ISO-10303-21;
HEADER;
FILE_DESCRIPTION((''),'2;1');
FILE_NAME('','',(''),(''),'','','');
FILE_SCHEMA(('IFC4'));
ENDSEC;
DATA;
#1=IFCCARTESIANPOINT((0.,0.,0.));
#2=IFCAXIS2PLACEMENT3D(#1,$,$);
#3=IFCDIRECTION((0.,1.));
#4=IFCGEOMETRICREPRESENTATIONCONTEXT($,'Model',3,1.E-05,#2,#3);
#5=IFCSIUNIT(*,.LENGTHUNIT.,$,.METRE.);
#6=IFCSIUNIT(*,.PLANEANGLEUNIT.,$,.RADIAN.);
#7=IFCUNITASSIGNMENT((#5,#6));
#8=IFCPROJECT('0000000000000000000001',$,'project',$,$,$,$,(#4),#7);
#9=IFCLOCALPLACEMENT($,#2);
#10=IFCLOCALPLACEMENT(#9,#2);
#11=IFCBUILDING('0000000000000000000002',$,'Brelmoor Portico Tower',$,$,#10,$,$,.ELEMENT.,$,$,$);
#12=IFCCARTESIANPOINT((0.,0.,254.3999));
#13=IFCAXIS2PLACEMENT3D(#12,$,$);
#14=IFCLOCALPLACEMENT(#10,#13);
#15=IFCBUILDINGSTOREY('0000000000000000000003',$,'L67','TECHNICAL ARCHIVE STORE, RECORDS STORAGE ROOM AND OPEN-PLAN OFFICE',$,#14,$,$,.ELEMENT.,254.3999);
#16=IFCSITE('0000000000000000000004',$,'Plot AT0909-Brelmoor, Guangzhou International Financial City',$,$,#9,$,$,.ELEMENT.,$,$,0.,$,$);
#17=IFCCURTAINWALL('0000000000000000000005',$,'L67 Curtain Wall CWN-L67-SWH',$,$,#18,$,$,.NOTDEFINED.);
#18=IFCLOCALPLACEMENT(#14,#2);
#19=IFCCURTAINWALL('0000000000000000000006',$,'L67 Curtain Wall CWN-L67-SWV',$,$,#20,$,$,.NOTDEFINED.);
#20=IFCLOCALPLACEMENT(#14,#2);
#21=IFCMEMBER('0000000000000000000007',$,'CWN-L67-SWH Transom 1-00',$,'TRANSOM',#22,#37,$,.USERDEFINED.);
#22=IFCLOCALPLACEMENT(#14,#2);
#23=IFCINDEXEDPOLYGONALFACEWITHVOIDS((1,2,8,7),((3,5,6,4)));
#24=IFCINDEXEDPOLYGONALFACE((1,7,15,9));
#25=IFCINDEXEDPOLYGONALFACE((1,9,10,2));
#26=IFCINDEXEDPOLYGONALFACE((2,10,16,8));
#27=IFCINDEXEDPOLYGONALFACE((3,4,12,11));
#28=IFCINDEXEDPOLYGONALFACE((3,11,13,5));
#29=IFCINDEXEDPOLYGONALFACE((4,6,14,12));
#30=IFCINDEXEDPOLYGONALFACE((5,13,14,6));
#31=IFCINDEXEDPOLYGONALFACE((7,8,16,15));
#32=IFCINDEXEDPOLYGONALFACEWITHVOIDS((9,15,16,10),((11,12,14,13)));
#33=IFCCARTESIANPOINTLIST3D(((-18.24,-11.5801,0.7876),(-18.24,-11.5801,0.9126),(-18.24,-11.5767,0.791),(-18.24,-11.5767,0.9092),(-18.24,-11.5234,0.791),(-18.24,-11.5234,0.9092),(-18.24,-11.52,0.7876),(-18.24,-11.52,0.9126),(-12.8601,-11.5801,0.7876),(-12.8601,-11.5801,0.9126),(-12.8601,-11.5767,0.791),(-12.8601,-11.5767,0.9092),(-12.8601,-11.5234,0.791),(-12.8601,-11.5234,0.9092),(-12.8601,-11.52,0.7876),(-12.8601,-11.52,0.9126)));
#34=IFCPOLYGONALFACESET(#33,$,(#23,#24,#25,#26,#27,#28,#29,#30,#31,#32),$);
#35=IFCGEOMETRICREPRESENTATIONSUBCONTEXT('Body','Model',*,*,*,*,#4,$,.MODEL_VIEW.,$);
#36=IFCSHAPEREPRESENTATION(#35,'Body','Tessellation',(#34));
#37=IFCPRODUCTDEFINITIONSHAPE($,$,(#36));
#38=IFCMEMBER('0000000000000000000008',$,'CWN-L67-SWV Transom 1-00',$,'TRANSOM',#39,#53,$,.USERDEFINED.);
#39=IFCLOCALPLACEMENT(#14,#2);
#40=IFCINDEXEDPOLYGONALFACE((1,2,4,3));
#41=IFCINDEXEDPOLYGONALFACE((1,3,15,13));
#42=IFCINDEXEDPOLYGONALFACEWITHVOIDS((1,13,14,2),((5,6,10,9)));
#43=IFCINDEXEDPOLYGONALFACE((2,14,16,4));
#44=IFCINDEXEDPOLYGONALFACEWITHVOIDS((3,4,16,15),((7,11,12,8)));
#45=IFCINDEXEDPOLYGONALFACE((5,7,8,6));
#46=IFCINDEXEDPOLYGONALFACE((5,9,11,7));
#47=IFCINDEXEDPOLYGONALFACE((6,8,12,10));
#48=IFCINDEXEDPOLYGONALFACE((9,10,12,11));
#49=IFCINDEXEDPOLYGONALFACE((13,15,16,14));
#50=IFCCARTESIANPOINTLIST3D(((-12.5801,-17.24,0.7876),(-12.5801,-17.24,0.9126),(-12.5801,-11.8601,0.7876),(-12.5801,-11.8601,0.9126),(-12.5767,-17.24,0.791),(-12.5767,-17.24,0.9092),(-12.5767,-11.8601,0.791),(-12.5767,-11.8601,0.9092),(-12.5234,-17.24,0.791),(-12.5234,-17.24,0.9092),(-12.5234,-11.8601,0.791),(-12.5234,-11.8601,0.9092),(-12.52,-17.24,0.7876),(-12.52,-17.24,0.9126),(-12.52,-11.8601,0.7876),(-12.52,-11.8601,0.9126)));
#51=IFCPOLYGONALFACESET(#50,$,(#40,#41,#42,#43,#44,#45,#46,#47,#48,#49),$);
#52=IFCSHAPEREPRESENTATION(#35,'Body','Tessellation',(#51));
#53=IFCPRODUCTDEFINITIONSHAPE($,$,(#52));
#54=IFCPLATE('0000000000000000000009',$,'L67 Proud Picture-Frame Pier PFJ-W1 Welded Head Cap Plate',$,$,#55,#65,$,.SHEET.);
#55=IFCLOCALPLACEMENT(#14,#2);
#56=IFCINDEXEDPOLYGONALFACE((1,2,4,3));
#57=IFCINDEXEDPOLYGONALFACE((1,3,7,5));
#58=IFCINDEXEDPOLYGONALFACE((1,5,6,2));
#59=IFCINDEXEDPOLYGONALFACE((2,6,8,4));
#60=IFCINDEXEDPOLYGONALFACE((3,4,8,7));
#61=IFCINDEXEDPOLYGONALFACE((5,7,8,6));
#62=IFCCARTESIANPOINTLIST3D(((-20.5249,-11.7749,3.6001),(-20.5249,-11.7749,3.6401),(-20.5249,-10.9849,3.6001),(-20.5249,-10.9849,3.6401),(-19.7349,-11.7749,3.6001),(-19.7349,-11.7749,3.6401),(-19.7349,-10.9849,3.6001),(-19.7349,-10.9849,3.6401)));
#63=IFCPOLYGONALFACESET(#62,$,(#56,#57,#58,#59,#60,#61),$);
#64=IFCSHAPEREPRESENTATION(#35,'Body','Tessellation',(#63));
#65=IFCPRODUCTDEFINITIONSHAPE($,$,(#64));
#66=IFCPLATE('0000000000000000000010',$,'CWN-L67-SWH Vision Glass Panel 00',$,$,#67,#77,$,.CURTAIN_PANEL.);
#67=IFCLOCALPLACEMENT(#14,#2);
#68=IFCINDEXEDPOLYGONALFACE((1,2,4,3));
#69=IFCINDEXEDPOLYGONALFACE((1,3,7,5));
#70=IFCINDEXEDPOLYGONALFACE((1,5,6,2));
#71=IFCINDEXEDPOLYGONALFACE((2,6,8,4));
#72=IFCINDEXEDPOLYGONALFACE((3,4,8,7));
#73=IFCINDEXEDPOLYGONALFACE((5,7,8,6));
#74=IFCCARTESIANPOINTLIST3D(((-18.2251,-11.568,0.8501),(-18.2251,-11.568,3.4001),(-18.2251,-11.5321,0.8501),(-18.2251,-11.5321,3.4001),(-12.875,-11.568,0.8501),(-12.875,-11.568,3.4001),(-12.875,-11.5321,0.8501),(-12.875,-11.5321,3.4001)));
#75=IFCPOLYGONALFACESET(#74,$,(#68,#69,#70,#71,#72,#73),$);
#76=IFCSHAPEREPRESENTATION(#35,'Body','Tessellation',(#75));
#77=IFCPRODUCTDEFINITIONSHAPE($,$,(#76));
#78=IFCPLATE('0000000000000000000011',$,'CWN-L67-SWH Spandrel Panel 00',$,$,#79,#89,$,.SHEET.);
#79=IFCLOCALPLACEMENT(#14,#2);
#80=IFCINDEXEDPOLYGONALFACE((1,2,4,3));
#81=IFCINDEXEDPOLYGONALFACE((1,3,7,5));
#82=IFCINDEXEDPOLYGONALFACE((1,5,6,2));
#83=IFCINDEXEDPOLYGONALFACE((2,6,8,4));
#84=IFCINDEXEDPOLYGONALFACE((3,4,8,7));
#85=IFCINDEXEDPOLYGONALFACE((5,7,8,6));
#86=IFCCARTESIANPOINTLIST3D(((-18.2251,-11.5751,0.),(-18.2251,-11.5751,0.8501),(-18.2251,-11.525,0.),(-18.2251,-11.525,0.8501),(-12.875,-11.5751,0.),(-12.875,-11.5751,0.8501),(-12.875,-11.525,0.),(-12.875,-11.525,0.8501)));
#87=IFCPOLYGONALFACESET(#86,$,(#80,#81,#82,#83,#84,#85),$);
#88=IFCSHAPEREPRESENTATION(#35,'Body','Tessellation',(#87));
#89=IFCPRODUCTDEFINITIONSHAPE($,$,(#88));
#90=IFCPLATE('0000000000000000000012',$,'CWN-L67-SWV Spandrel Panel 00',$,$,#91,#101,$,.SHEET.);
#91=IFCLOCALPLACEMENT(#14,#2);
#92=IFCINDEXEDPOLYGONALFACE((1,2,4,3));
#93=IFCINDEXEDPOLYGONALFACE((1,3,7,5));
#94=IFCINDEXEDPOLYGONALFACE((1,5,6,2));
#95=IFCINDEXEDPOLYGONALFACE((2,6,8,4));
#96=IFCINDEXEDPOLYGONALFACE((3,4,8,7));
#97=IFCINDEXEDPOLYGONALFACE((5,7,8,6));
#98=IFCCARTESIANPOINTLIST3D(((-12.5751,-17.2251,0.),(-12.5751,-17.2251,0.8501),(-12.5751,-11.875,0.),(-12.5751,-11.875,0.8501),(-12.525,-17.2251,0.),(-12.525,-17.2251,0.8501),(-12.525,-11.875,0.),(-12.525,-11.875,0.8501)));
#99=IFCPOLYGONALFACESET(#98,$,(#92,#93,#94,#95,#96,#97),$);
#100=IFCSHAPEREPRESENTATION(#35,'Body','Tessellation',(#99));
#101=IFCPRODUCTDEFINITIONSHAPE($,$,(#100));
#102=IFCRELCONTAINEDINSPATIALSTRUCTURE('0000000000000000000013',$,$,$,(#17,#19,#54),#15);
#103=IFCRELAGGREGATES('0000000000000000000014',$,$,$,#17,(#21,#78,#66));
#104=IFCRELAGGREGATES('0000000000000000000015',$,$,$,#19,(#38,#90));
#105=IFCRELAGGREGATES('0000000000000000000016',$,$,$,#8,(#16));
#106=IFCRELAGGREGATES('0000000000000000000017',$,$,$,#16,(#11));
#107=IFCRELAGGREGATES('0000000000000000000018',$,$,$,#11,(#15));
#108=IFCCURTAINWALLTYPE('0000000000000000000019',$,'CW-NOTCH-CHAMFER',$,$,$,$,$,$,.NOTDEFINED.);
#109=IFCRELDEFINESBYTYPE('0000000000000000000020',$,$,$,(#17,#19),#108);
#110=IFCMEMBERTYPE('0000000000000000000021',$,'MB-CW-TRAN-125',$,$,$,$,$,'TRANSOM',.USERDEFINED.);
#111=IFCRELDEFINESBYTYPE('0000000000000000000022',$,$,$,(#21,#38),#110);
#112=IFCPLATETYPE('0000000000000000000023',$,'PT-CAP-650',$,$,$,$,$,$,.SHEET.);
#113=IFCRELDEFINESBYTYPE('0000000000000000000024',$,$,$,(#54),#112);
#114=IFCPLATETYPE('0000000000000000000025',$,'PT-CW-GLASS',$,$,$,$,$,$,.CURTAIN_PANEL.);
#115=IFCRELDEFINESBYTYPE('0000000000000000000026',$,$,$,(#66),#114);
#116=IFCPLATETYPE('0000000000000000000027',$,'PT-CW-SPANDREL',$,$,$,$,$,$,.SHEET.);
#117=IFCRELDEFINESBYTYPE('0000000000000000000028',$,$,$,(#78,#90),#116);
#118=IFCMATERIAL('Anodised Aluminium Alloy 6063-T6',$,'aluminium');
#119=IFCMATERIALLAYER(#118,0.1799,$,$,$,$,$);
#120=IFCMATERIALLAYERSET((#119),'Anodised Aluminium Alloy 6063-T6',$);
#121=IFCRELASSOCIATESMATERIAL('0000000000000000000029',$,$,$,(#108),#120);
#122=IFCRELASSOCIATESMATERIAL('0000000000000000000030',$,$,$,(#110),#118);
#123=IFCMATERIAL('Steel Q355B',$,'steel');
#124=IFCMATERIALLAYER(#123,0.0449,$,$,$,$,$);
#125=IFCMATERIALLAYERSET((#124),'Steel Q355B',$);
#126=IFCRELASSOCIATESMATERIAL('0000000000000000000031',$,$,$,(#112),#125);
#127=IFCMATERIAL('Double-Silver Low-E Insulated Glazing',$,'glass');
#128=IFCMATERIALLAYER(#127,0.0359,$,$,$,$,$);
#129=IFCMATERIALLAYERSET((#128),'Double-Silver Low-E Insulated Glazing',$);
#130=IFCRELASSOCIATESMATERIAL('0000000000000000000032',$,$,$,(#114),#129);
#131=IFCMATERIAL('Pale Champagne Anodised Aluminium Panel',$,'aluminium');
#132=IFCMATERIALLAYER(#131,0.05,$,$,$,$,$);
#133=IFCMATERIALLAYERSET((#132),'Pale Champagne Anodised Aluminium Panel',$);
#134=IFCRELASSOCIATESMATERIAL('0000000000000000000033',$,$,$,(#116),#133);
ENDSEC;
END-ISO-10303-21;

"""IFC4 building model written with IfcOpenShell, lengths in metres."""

from ifc_helpers import new_model, si_unit, direction, frame, origin, origin_2d, place, context, subcontext, project, spatial, rectangle, hollow_rectangle, extrude, material, layer, layer_set, material_profile, profile_set, type_object, element, aggregate, save


model = new_model("IFC4")

# Units and contexts
model_context = context("Model", 3, precision=1e-05, world=origin(), true_north=direction((0.0, 1.0)))
body_context = subcontext(model_context, "Body", "Model", "MODEL_VIEW")
ifc_project = project(units=[si_unit("LENGTHUNIT", "METRE"), si_unit("PLANEANGLEUNIT", "RADIAN")], contexts=[model_context])

# Site, building, storey
site_placement = place(None, origin())
site = spatial("IfcSite", under=ifc_project, at=site_placement, Name="Plot AT0909-Brelmoor, Guangzhou International Financial City", CompositionType="ELEMENT", RefElevation=0.0)
building_placement = place(site_placement, origin())
building = spatial("IfcBuilding", under=site, at=building_placement, Name="Brelmoor Portico Tower", CompositionType="ELEMENT")
storey_placement = place(building_placement, frame((0.0, 0.0, 254.3999)))
storey = spatial("IfcBuildingStorey", under=building, at=storey_placement, Name="L67", Description="TECHNICAL ARCHIVE STORE, RECORDS STORAGE ROOM AND OPEN-PLAN OFFICE", CompositionType="ELEMENT", Elevation=254.3999)

# Shared definitions
ifc_material_1 = material(Name="Steel Q355B", Category="steel")

# Curtain wall
ifc_material_2 = material(Name="Anodised Aluminium Alloy 6063-T6", Category="aluminium")
ifc_layer_1 = layer(ifc_material_2, 0.1799)
ifc_layer_set_1 = layer_set([ifc_layer_1], Name="Anodised Aluminium Alloy 6063-T6")
curtain_wall_type = type_object("IfcCurtainWallType", Name="CW-NOTCH-CHAMFER", PredefinedType="NOTDEFINED", material=ifc_layer_set_1)
curtain_wall_1_placement = place(storey_placement, origin())
curtain_wall_1 = element("IfcCurtainWall", 1, at=curtain_wall_1_placement, inside=storey, type_object=curtain_wall_type, Name="L67 Curtain Wall CWN-L67-SWH", PredefinedType="NOTDEFINED")

# Curtain wall
curtain_wall_2_placement = place(storey_placement, origin())
curtain_wall_2 = element("IfcCurtainWall", 2, at=curtain_wall_2_placement, inside=storey, type_object=curtain_wall_type, Name="L67 Curtain Wall CWN-L67-SWV", PredefinedType="NOTDEFINED")

# Members
ifc_material_profile_1 = material_profile(ifc_material_2, hollow_rectangle(XDim=0.0601, YDim=0.125, WallThickness=0.0034, at=origin_2d()), Name="ALU TRANSOM 60x125")
ifc_profile_set_1 = profile_set([ifc_material_profile_1], Name="Anodised Aluminium Alloy 6063-T6")
member_type_1 = type_object("IfcMemberType", Name="MB-CW-TRAN-125", ElementType="TRANSOM", PredefinedType="USERDEFINED", material=ifc_profile_set_1)
member_1_placement = place(storey_placement, frame((-18.24, -11.55, 0.8501), z_axis=(1.0, 0.0, 0.0), x_axis=(0.0, 1.0, 0.0)))
member_1 = element("IfcMember", 3, at=member_1_placement, type_object=member_type_1, Name="CWN-L67-SWH Transom 1-00", ObjectType="TRANSOM", PredefinedType="USERDEFINED", context=body_context, shape_type="SweptSolid", body=[
    extrude(hollow_rectangle(XDim=0.0601, YDim=0.125, WallThickness=0.0034, at=origin_2d()), origin(), (0.0, 0.0, 1.0), 5.3799),
])
member_2_placement = place(storey_placement, frame((-12.55, -17.24, 0.8501), z_axis=(0.0, 1.0, 0.0), x_axis=(-1.0, 0.0, 0.0)))
member_2 = element("IfcMember", 4, at=member_2_placement, type_object=member_type_1, Name="CWN-L67-SWV Transom 1-00", ObjectType="TRANSOM", PredefinedType="USERDEFINED", context=body_context, shape_type="SweptSolid", body=[
    extrude(hollow_rectangle(XDim=0.0601, YDim=0.125, WallThickness=0.0034, at=origin_2d()), origin(), (0.0, 0.0, 1.0), 5.3799),
])

# Plates
ifc_layer_2 = layer(ifc_material_1, 0.0449)
ifc_layer_set_2 = layer_set([ifc_layer_2], Name="Steel Q355B")
plate_type_1 = type_object("IfcPlateType", Name="PT-CAP-650", PredefinedType="SHEET", material=ifc_layer_set_2)
plate_1_placement = place(storey_placement, frame((-20.1299, -11.3799, 3.6001), z_axis=(0.0, 0.0, 1.0), x_axis=(0.0, 1.0, 0.0)))
element("IfcPlate", 5, at=plate_1_placement, inside=storey, type_object=plate_type_1, Name="L67 Proud Picture-Frame Pier PFJ-W1 Welded Head Cap Plate", PredefinedType="SHEET", context=body_context, shape_type="SweptSolid", body=[
    extrude(rectangle(XDim=0.79, YDim=0.79, at=origin_2d()), origin(), (0.0, 0.0, 1.0), 0.04),
])
ifc_material_3 = material(Name="Double-Silver Low-E Insulated Glazing", Category="glass")
ifc_layer_3 = layer(ifc_material_3, 0.0359)
ifc_layer_set_3 = layer_set([ifc_layer_3], Name="Double-Silver Low-E Insulated Glazing")
plate_type_2 = type_object("IfcPlateType", Name="PT-CW-GLASS", PredefinedType="CURTAIN_PANEL", material=ifc_layer_set_3)
plate_2_placement = place(storey_placement, frame((-15.55, -11.55, 0.8501), z_axis=(0.0, 0.0, 1.0), x_axis=(1.0, 0.0, 0.0)))
plate_2 = element("IfcPlate", 6, at=plate_2_placement, type_object=plate_type_2, Name="CWN-L67-SWH Vision Glass Panel 00", PredefinedType="CURTAIN_PANEL", context=body_context, shape_type="SweptSolid", body=[
    extrude(rectangle(XDim=5.3501, YDim=0.0359, at=origin_2d()), origin(), (0.0, 0.0, 1.0), 2.55),
])
ifc_material_4 = material(Name="Pale Champagne Anodised Aluminium Panel", Category="aluminium")
ifc_layer_4 = layer(ifc_material_4, 0.05)
ifc_layer_set_4 = layer_set([ifc_layer_4], Name="Pale Champagne Anodised Aluminium Panel")
plate_type_3 = type_object("IfcPlateType", Name="PT-CW-SPANDREL", PredefinedType="SHEET", material=ifc_layer_set_4)
plate_3_placement = place(storey_placement, frame((-15.55, -11.55, 0.0), z_axis=(0.0, 0.0, 1.0), x_axis=(1.0, 0.0, 0.0)))
plate_3 = element("IfcPlate", 7, at=plate_3_placement, type_object=plate_type_3, Name="CWN-L67-SWH Spandrel Panel 00", PredefinedType="SHEET", context=body_context, shape_type="SweptSolid", body=[
    extrude(rectangle(XDim=5.3501, YDim=0.05, at=origin_2d()), origin(), (0.0, 0.0, 1.0), 0.8501),
])
aggregate(curtain_wall_1, [member_1, plate_3, plate_2])
plate_4_placement = place(storey_placement, frame((-12.55, -14.55, 0.0), z_axis=(0.0, 0.0, 1.0), x_axis=(0.0, 1.0, 0.0)))
plate_4 = element("IfcPlate", 8, at=plate_4_placement, type_object=plate_type_3, Name="CWN-L67-SWV Spandrel Panel 00", PredefinedType="SHEET", context=body_context, shape_type="SweptSolid", body=[
    extrude(rectangle(XDim=5.3501, YDim=0.05, at=origin_2d()), origin(), (0.0, 0.0, 1.0), 0.8501),
])
aggregate(curtain_wall_2, [member_2, plate_4])

save(model, "model.ifc")
